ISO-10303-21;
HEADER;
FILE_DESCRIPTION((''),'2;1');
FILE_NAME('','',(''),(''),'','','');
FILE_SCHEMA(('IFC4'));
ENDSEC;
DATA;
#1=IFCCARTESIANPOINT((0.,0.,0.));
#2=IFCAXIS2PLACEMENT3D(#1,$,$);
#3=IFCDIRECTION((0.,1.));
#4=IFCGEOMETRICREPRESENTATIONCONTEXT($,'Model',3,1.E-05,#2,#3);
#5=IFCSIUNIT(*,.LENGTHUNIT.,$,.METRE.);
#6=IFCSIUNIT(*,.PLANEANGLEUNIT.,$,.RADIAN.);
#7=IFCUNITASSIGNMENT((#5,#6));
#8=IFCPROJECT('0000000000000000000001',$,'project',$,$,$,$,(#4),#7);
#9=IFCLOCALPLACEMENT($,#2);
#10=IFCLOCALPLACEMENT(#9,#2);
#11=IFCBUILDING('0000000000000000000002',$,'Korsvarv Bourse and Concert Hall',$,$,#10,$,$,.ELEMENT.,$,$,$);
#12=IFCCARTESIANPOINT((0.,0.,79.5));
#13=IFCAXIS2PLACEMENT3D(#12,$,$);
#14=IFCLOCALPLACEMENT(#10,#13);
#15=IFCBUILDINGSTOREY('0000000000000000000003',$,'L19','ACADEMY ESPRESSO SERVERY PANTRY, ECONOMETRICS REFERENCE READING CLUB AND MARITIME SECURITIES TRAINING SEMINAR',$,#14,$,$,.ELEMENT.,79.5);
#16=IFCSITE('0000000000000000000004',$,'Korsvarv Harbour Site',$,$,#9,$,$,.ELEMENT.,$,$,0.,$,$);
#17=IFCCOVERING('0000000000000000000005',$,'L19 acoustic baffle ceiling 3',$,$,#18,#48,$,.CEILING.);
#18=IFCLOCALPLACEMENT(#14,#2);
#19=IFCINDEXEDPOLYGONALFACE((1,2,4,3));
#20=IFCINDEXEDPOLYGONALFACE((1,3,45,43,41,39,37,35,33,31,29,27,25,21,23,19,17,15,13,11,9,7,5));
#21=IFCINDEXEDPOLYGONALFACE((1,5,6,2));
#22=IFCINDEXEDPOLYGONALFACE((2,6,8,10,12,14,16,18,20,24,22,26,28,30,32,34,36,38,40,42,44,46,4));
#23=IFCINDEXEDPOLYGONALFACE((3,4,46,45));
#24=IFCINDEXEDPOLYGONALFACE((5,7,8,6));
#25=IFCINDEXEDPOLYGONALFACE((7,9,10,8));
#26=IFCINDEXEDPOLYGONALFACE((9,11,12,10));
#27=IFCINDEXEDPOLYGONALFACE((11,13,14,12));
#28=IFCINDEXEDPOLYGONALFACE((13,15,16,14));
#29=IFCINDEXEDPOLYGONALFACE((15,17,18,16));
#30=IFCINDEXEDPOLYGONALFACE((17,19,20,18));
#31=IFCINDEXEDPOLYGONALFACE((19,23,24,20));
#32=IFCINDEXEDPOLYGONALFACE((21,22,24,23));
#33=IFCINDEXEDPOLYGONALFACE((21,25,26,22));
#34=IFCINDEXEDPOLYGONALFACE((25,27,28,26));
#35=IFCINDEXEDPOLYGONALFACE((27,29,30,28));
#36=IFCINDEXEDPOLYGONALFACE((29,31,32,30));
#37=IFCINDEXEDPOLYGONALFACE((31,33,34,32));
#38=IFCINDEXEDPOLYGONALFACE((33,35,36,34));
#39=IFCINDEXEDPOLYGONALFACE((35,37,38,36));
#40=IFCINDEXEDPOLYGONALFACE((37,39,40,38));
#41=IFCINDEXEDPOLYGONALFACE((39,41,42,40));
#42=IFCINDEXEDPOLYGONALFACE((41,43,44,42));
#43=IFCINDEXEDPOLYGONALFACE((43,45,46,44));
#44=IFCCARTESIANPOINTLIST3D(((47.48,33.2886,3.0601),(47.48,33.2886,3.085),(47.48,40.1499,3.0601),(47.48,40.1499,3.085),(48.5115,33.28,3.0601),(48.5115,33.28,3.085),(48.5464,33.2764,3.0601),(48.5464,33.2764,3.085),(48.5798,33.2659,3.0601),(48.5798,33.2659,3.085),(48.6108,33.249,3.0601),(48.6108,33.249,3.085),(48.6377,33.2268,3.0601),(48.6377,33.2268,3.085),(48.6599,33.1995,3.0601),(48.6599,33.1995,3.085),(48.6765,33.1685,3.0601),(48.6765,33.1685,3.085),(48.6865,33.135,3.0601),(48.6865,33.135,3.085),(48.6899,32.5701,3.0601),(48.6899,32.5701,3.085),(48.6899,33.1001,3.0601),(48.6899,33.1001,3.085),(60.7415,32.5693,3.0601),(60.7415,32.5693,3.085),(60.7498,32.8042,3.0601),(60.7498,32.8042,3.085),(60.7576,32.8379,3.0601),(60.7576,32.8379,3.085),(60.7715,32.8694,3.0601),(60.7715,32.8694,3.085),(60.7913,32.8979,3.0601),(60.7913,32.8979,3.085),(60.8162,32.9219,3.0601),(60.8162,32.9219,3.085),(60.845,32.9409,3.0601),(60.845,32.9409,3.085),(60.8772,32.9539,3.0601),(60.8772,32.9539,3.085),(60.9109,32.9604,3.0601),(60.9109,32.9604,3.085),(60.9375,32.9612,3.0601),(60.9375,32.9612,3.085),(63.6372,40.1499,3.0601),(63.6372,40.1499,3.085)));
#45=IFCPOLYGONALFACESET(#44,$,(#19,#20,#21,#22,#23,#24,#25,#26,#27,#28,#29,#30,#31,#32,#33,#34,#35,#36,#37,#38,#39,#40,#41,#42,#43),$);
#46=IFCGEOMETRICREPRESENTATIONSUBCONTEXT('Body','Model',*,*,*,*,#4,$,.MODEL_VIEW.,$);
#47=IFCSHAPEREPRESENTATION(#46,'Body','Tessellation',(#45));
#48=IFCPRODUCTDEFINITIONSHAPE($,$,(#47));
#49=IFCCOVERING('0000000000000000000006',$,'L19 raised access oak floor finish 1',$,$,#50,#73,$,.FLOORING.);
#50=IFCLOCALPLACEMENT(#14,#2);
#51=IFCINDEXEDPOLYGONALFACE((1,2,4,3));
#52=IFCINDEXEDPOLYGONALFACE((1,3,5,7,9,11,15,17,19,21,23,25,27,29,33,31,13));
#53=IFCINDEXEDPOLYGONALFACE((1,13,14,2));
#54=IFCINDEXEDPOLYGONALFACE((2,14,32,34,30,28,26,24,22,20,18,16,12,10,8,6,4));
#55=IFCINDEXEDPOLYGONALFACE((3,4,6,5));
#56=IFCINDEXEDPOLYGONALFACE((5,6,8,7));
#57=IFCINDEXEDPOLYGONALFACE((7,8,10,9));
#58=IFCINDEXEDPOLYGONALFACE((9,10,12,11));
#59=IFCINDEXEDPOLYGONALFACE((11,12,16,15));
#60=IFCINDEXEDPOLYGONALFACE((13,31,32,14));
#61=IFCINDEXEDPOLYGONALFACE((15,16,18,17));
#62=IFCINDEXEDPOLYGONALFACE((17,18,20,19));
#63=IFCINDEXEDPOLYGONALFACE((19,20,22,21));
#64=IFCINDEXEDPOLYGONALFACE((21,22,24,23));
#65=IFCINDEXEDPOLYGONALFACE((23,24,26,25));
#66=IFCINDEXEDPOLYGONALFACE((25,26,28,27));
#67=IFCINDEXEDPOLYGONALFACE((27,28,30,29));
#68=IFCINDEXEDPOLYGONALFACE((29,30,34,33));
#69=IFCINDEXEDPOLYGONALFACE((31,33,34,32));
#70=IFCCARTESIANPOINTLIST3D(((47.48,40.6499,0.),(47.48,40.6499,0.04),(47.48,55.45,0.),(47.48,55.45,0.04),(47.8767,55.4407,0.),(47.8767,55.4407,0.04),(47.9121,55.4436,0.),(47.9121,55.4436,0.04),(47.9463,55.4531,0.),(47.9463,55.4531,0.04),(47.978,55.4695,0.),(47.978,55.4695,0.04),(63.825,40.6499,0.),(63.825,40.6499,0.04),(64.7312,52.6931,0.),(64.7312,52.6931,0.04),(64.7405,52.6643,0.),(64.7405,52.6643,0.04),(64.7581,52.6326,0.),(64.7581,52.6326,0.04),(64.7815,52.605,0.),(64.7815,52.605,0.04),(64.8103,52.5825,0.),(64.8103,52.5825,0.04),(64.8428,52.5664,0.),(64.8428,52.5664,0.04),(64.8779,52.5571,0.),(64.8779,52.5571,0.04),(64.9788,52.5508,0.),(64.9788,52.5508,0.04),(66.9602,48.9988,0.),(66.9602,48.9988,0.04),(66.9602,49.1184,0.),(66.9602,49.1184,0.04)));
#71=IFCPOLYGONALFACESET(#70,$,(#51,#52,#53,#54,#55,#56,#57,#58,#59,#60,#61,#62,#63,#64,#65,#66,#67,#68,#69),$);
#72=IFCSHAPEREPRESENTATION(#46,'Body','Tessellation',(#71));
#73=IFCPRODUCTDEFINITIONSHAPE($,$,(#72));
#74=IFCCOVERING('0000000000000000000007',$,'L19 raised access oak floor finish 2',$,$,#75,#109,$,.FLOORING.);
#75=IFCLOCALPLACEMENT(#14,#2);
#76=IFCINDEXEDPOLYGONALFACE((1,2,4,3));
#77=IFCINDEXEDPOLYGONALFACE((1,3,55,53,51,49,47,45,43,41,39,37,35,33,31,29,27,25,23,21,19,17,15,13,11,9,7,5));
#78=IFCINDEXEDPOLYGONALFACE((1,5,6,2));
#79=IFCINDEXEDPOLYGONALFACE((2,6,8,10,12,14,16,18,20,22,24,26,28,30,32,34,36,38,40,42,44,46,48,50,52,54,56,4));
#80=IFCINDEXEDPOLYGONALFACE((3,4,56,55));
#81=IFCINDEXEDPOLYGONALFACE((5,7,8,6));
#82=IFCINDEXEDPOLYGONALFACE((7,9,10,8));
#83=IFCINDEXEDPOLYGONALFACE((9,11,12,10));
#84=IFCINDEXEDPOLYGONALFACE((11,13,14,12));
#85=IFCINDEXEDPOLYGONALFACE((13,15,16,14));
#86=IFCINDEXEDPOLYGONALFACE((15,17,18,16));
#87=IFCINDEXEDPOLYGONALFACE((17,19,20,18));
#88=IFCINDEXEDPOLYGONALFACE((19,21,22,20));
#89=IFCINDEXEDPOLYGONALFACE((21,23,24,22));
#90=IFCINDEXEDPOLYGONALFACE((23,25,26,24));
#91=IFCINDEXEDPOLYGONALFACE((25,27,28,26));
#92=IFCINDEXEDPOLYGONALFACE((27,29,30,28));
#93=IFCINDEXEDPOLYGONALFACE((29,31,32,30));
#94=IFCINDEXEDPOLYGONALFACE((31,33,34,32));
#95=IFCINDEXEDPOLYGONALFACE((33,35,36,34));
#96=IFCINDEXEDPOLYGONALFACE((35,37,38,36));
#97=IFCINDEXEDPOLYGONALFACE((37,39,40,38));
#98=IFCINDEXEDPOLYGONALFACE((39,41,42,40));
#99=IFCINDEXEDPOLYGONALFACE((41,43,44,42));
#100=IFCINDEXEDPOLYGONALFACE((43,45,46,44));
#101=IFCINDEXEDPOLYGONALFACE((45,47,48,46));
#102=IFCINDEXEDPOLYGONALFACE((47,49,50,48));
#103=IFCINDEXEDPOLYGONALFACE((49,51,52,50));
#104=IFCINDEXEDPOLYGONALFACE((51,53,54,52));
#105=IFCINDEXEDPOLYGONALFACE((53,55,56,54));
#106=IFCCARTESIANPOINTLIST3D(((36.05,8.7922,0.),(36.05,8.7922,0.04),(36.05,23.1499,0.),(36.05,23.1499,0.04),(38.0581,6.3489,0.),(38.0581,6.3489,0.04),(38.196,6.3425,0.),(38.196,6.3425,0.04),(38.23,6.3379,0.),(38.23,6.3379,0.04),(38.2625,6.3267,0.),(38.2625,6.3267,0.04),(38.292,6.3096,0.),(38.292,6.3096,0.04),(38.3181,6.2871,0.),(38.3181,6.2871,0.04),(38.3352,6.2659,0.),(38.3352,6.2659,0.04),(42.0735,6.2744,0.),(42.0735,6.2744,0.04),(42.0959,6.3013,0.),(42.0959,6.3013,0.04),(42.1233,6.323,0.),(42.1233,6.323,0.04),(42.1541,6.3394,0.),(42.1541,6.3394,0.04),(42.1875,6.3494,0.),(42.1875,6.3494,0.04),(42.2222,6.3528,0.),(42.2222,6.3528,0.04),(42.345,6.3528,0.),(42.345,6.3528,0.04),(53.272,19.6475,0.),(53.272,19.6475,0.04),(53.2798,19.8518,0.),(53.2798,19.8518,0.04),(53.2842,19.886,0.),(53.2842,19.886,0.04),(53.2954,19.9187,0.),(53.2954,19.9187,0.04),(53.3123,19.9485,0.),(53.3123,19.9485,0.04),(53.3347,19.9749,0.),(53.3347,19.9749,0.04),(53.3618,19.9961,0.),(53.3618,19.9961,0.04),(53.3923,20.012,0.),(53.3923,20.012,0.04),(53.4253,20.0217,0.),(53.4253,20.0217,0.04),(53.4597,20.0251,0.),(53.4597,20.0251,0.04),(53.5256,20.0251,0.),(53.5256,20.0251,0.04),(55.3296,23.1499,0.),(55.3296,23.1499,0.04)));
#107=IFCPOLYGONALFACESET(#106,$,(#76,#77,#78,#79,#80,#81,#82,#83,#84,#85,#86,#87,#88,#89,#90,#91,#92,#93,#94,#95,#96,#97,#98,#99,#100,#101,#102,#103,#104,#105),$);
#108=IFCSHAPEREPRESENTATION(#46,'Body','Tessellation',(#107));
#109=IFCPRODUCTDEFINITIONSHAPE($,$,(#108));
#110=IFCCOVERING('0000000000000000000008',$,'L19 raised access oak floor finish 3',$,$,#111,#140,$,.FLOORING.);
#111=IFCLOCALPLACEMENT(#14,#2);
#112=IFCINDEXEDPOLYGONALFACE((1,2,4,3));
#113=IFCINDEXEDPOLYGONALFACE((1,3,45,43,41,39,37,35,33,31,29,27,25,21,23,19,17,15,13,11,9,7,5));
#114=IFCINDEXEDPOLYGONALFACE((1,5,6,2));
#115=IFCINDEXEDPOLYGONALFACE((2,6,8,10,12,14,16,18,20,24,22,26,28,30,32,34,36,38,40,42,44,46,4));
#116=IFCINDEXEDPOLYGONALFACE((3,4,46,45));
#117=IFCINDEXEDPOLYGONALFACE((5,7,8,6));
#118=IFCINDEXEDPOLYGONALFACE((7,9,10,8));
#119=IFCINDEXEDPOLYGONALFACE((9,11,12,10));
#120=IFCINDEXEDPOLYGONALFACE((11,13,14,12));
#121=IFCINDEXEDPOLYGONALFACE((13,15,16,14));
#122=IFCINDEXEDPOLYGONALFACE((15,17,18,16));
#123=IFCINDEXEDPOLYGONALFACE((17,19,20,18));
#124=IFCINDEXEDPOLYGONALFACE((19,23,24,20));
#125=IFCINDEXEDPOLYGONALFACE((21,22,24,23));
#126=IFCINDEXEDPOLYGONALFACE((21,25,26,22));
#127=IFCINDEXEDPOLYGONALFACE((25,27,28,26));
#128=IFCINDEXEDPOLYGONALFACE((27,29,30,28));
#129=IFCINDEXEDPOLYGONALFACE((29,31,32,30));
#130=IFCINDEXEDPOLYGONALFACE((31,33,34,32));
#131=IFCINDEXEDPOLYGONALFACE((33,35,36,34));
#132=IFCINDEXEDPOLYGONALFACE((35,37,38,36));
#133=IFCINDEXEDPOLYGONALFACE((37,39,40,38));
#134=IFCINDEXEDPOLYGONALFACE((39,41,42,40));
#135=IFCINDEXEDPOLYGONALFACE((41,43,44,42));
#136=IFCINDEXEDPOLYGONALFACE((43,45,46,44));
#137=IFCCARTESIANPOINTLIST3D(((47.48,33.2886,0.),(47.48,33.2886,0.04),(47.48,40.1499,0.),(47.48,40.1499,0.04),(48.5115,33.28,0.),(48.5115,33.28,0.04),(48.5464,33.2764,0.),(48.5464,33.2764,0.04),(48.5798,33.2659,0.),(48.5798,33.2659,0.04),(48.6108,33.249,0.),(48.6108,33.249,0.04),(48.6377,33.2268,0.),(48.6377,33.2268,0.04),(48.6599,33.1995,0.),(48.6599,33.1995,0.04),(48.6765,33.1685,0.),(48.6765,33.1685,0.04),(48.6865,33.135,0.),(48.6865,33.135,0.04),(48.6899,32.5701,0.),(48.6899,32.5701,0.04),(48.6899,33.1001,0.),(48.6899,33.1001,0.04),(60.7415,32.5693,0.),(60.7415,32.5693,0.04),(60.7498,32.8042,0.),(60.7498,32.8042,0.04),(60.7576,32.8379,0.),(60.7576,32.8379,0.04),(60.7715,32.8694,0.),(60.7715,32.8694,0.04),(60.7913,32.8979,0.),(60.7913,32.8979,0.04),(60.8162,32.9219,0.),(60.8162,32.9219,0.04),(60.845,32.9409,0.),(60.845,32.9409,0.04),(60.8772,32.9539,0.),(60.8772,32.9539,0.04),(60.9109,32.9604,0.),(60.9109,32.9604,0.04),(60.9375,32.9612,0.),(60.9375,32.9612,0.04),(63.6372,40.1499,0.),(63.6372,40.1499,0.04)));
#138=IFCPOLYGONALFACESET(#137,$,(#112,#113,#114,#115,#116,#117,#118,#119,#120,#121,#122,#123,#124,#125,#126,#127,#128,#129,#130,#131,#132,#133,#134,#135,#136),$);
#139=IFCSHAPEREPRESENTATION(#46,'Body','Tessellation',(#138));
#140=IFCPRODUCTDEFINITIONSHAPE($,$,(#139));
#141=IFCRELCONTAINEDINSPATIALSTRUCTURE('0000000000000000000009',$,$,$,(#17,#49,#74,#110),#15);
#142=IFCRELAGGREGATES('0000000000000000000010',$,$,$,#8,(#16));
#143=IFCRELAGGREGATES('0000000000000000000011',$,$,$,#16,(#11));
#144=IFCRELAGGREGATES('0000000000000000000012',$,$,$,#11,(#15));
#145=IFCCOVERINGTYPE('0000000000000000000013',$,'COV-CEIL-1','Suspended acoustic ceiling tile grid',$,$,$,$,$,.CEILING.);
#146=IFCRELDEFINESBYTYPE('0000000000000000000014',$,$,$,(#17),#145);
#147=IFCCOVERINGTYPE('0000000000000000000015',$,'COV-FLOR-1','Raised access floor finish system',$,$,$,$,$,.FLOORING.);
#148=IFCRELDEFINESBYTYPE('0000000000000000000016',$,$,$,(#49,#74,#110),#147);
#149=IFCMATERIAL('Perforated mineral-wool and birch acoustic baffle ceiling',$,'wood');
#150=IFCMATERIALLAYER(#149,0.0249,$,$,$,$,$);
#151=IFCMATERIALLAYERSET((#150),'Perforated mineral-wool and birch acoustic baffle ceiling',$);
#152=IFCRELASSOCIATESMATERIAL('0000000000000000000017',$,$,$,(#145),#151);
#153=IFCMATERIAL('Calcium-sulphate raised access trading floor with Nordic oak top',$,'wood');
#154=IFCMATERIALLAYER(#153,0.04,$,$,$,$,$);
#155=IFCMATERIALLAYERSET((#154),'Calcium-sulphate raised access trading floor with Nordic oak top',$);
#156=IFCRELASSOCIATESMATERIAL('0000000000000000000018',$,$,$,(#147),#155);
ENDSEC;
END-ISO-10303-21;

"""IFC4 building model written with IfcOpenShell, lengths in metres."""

from ifc_helpers import new_model, si_unit, direction, frame, origin, place, context, subcontext, project, spatial, polyline, outline, extrude, material, layer, layer_set, type_object, element, save


model = new_model("IFC4")

# Units and contexts
model_context = context("Model", 3, precision=1e-05, world=origin(), true_north=direction((0.0, 1.0)))
body_context = subcontext(model_context, "Body", "Model", "MODEL_VIEW")
ifc_project = project(units=[si_unit("LENGTHUNIT", "METRE"), si_unit("PLANEANGLEUNIT", "RADIAN")], contexts=[model_context])

# Site, building, storey
site_placement = place(None, origin())
site = spatial("IfcSite", under=ifc_project, at=site_placement, Name="Korsvarv Harbour Site", CompositionType="ELEMENT", RefElevation=0.0)
building_placement = place(site_placement, origin())
building = spatial("IfcBuilding", under=site, at=building_placement, Name="Korsvarv Bourse and Concert Hall", CompositionType="ELEMENT")
storey_placement = place(building_placement, frame((0.0, 0.0, 79.5)))
storey = spatial("IfcBuildingStorey", under=building, at=storey_placement, Name="L19", Description="ACADEMY ESPRESSO SERVERY PANTRY, ECONOMETRICS REFERENCE READING CLUB AND MARITIME SECURITIES TRAINING SEMINAR", CompositionType="ELEMENT", Elevation=79.5)

# Coverings
ifc_material_1 = material(Name="Perforated mineral-wool and birch acoustic baffle ceiling", Category="wood")
ifc_layer_1 = layer(ifc_material_1, 0.0249)
ifc_layer_set_1 = layer_set([ifc_layer_1], Name="Perforated mineral-wool and birch acoustic baffle ceiling")
covering_type_1 = type_object("IfcCoveringType", Name="COV-CEIL-1", Description="Suspended acoustic ceiling tile grid", PredefinedType="CEILING", material=ifc_layer_set_1)
covering_1_placement = place(storey_placement, frame((0.0, 0.0, 3.0601)))
element("IfcCovering", 1, at=covering_1_placement, inside=storey, type_object=covering_type_1, Name="L19 acoustic baffle ceiling 3", PredefinedType="CEILING", context=body_context, shape_type="SweptSolid", body=[
    extrude(outline(polyline([(48.6899, 32.5701), (48.6899, 33.1001), (48.6865, 33.135), (48.6765, 33.1685), (48.6599, 33.1995), (48.6377, 33.2268), (48.6108, 33.249), (48.5798, 33.2659), (48.5464, 33.2764), (48.5115, 33.28), (47.48, 33.2886), (47.48, 40.1499), (63.6372, 40.1499), (60.9375, 32.9612), (60.9109, 32.9604), (60.8772, 32.9539), (60.845, 32.9409), (60.8162, 32.9219), (60.7913, 32.8979), (60.7715, 32.8694), (60.7576, 32.8379), (60.7498, 32.8042), (60.7415, 32.5693), (48.6899, 32.5701)])), origin(), (0.0, 0.0, 1.0), 0.0249),
])
ifc_material_2 = material(Name="Calcium-sulphate raised access trading floor with Nordic oak top", Category="wood")
ifc_layer_2 = layer(ifc_material_2, 0.04)
ifc_layer_set_2 = layer_set([ifc_layer_2], Name="Calcium-sulphate raised access trading floor with Nordic oak top")
covering_type_2 = type_object("IfcCoveringType", Name="COV-FLOR-1", Description="Raised access floor finish system", PredefinedType="FLOORING", material=ifc_layer_set_2)
covering_2_placement = place(storey_placement, origin())
element("IfcCovering", 2, at=covering_2_placement, inside=storey, type_object=covering_type_2, Name="L19 raised access oak floor finish 1", PredefinedType="FLOORING", context=body_context, shape_type="SweptSolid", body=[
    extrude(outline(polyline([(47.8767, 55.4407), (47.9121, 55.4436), (47.9463, 55.4531), (47.978, 55.4695), (64.7312, 52.6931), (64.7405, 52.6643), (64.7581, 52.6326), (64.7815, 52.605), (64.8103, 52.5825), (64.8428, 52.5664), (64.8779, 52.5571), (64.9788, 52.5508), (66.9602, 49.1184), (66.9602, 48.9988), (63.825, 40.6499), (47.48, 40.6499), (47.48, 55.45), (47.8767, 55.4407)])), origin(), (0.0, 0.0, 1.0), 0.04),
])
covering_3_placement = place(storey_placement, origin())
element("IfcCovering", 3, at=covering_3_placement, inside=storey, type_object=covering_type_2, Name="L19 raised access oak floor finish 2", PredefinedType="FLOORING", context=body_context, shape_type="SweptSolid", body=[
    extrude(outline(polyline([(55.3296, 23.1499), (53.5256, 20.0251), (53.4597, 20.0251), (53.4253, 20.0217), (53.3923, 20.012), (53.3618, 19.9961), (53.3347, 19.9749), (53.3123, 19.9485), (53.2954, 19.9187), (53.2842, 19.886), (53.2798, 19.8518), (53.272, 19.6475), (42.345, 6.3528), (42.2222, 6.3528), (42.1875, 6.3494), (42.1541, 6.3394), (42.1233, 6.323), (42.0959, 6.3013), (42.0735, 6.2744), (38.3352, 6.2659), (38.3181, 6.2871), (38.292, 6.3096), (38.2625, 6.3267), (38.23, 6.3379), (38.196, 6.3425), (38.0581, 6.3489), (36.05, 8.7922), (36.05, 23.1499), (55.3296, 23.1499)])), origin(), (0.0, 0.0, 1.0), 0.04),
])
covering_4_placement = place(storey_placement, origin())
element("IfcCovering", 4, at=covering_4_placement, inside=storey, type_object=covering_type_2, Name="L19 raised access oak floor finish 3", PredefinedType="FLOORING", context=body_context, shape_type="SweptSolid", body=[
    extrude(outline(polyline([(48.6899, 32.5701), (48.6899, 33.1001), (48.6865, 33.135), (48.6765, 33.1685), (48.6599, 33.1995), (48.6377, 33.2268), (48.6108, 33.249), (48.5798, 33.2659), (48.5464, 33.2764), (48.5115, 33.28), (47.48, 33.2886), (47.48, 40.1499), (63.6372, 40.1499), (60.9375, 32.9612), (60.9109, 32.9604), (60.8772, 32.9539), (60.845, 32.9409), (60.8162, 32.9219), (60.7913, 32.8979), (60.7715, 32.8694), (60.7576, 32.8379), (60.7498, 32.8042), (60.7415, 32.5693), (48.6899, 32.5701)])), origin(), (0.0, 0.0, 1.0), 0.04),
])

save(model, "model.ifc")
